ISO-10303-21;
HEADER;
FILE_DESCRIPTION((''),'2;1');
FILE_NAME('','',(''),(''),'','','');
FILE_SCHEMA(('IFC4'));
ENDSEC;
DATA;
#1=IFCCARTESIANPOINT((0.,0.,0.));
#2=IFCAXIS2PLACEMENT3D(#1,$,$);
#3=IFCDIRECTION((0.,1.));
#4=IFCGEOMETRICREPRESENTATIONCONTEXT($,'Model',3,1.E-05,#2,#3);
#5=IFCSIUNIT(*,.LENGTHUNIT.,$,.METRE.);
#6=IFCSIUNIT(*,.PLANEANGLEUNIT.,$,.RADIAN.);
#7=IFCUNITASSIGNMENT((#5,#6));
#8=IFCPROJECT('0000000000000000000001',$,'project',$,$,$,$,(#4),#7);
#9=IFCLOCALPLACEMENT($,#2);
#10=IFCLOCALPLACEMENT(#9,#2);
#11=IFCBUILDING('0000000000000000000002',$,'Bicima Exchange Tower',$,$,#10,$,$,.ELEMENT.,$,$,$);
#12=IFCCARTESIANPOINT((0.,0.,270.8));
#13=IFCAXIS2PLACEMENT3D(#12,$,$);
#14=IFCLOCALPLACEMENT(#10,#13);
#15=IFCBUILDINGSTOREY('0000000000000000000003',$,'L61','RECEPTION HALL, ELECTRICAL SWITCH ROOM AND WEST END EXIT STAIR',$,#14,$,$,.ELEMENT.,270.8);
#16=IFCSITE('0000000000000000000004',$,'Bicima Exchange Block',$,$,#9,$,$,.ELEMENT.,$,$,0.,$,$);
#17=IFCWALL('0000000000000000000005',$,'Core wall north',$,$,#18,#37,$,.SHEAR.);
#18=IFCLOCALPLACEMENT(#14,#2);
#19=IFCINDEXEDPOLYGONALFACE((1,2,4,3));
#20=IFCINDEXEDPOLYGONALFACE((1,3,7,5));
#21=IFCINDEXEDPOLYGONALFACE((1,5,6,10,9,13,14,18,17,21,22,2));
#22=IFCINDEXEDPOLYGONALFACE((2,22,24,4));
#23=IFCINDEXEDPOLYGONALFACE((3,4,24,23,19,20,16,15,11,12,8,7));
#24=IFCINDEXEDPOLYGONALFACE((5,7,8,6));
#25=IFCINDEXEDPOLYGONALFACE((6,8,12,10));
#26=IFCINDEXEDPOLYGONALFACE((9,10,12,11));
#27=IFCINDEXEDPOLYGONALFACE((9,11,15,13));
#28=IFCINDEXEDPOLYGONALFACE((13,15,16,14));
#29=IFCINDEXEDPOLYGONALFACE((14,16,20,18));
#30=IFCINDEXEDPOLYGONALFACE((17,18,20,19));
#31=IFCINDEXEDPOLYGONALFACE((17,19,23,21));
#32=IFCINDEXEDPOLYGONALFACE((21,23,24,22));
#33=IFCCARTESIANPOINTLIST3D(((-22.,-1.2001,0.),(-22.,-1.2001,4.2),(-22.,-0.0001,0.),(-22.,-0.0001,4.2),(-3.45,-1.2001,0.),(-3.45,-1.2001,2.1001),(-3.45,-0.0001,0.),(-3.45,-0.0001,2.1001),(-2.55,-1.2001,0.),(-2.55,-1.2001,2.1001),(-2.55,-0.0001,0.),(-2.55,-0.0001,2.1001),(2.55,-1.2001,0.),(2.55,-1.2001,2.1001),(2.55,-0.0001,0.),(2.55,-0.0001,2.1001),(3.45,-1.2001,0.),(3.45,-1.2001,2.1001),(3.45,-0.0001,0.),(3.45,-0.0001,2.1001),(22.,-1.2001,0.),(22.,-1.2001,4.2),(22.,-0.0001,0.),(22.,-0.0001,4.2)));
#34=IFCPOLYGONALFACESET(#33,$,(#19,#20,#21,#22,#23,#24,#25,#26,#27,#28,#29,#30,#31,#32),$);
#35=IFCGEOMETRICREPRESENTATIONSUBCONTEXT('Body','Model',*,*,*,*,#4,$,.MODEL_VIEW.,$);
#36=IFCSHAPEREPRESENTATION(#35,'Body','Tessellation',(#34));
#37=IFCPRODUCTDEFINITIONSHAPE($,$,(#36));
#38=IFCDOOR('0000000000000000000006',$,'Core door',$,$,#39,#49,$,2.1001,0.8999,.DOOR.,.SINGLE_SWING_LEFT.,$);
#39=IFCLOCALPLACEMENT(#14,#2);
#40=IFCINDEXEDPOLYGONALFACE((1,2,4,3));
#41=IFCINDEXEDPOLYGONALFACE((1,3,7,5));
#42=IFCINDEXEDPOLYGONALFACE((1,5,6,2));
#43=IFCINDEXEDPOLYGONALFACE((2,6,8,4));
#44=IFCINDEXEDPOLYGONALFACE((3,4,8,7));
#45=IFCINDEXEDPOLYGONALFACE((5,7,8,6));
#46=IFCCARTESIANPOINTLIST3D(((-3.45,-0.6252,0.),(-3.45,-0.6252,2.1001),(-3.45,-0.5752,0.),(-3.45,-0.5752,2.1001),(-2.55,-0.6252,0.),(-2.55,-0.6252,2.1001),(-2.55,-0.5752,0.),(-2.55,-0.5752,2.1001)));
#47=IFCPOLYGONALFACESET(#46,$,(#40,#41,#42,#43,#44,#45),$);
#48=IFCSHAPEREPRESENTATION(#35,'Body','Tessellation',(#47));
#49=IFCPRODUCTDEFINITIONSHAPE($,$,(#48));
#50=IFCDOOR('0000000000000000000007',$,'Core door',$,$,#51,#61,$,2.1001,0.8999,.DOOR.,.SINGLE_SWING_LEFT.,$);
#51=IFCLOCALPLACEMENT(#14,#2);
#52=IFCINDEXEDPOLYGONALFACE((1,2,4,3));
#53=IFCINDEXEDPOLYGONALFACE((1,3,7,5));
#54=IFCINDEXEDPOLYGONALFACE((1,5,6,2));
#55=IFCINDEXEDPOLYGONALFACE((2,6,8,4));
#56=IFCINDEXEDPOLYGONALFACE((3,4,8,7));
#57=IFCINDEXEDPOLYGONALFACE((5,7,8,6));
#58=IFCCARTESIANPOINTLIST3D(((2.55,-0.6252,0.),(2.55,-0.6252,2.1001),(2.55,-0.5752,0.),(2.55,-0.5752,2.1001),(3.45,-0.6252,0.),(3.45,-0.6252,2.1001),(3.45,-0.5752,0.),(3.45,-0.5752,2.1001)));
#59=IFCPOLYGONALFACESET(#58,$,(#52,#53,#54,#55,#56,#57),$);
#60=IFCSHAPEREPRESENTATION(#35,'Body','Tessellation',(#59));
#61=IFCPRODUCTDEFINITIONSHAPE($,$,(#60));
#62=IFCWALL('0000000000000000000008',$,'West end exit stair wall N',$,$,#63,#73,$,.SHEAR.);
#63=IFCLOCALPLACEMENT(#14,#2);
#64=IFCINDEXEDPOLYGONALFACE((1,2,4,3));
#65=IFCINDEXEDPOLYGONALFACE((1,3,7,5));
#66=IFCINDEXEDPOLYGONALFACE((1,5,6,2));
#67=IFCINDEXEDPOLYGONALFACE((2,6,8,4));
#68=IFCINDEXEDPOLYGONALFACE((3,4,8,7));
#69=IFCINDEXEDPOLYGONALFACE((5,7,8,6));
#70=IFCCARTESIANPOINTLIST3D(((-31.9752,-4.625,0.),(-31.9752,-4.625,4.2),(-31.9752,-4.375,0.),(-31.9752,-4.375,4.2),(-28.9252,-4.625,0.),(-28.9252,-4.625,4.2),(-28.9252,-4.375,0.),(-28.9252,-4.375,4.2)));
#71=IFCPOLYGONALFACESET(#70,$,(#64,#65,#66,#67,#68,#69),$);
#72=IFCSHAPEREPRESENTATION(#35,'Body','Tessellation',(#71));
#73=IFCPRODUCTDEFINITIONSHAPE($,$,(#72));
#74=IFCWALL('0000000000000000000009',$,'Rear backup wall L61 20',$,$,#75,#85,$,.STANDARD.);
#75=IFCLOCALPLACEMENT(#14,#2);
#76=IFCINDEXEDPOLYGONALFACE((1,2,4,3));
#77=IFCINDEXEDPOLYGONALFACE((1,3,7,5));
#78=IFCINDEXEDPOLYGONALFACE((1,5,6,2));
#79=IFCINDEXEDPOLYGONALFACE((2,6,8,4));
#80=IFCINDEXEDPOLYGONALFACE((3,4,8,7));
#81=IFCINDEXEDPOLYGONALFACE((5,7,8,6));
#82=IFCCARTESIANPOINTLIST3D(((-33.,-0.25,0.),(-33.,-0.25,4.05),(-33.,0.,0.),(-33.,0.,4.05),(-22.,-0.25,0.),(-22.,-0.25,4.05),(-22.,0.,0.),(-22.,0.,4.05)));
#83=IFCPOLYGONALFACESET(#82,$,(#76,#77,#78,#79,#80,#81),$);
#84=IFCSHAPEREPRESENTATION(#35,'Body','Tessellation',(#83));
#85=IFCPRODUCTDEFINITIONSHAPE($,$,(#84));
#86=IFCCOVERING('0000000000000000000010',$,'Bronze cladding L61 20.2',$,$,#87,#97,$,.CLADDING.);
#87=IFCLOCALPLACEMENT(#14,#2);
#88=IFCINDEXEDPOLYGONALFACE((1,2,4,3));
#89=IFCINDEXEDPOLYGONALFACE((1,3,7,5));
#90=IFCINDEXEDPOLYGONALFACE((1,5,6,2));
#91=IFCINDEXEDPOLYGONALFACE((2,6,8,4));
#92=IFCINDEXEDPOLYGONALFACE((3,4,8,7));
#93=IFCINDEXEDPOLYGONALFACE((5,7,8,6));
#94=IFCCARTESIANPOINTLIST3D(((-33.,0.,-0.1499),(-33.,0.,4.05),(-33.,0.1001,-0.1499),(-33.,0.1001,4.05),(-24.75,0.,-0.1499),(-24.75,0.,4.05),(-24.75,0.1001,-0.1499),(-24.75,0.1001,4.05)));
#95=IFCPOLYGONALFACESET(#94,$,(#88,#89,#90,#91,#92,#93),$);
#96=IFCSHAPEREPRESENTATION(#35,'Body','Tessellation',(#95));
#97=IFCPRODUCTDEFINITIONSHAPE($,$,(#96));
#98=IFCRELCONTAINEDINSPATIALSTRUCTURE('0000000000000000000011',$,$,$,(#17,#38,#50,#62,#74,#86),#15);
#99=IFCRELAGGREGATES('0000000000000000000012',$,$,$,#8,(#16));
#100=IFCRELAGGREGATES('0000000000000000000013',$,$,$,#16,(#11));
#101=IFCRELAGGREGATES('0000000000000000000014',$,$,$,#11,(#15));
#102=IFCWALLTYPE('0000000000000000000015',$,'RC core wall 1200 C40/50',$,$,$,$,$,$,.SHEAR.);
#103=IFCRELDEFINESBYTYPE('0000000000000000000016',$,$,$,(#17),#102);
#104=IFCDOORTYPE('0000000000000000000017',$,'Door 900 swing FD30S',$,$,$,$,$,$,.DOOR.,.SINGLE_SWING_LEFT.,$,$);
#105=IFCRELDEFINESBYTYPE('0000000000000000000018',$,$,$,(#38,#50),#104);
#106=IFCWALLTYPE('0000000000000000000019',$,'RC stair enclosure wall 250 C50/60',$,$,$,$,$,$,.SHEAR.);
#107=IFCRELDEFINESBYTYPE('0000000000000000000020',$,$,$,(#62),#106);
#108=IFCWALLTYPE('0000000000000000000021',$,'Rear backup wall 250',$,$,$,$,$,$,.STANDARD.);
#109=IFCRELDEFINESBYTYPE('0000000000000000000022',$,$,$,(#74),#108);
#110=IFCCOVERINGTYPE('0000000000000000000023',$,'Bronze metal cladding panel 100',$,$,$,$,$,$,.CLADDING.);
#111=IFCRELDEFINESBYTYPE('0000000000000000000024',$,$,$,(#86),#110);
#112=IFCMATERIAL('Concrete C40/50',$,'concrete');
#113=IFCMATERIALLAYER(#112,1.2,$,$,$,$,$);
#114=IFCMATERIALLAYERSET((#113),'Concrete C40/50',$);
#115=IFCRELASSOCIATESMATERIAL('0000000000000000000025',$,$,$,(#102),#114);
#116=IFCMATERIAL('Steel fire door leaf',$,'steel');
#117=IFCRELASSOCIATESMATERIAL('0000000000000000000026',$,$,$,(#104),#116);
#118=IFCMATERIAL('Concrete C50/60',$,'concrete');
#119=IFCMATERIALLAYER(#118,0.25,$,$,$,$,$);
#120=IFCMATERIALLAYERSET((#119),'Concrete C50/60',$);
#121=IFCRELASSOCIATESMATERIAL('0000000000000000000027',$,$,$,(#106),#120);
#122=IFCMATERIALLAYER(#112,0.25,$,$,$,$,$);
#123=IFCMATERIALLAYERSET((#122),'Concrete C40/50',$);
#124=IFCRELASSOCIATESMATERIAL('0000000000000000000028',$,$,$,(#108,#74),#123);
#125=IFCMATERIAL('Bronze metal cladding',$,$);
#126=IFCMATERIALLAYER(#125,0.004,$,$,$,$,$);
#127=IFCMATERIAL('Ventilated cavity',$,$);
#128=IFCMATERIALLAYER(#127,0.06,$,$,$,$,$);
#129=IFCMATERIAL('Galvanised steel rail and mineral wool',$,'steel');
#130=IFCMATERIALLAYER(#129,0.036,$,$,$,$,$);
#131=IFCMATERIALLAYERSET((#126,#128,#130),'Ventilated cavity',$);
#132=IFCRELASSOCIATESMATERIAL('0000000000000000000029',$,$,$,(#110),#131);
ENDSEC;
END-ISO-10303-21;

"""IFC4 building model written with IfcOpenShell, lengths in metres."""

from ifc_helpers import new_model, si_unit, direction, frame, frame_2d, origin, origin_2d, place, context, subcontext, project, spatial, rectangle, extrude, material, layer, layer_set, layer_usage, type_object, element, fill, save


model = new_model("IFC4")

# Units and contexts
model_context = context("Model", 3, precision=1e-05, world=origin(), true_north=direction((0.0, 1.0)))
body_context = subcontext(model_context, "Body", "Model", "MODEL_VIEW")
ifc_project = project(units=[si_unit("LENGTHUNIT", "METRE"), si_unit("PLANEANGLEUNIT", "RADIAN")], contexts=[model_context])

# Site, building, storey
site_placement = place(None, origin())
site = spatial("IfcSite", under=ifc_project, at=site_placement, Name="Bicima Exchange Block", CompositionType="ELEMENT", RefElevation=0.0)
building_placement = place(site_placement, origin())
building = spatial("IfcBuilding", under=site, at=building_placement, Name="Bicima Exchange Tower", CompositionType="ELEMENT")
storey_placement = place(building_placement, frame((0.0, 0.0, 270.8)))
storey = spatial("IfcBuildingStorey", under=building, at=storey_placement, Name="L61", Description="RECEPTION HALL, ELECTRICAL SWITCH ROOM AND WEST END EXIT STAIR", CompositionType="ELEMENT", Elevation=270.8)

# Wall, openings, doors
ifc_material_1 = material(Name="Concrete C40/50", Category="concrete")
ifc_layer_1 = layer(ifc_material_1, 1.2)
ifc_layer_set_1 = layer_set([ifc_layer_1], Name="Concrete C40/50")
wall_type_1 = type_object("IfcWallType", Name="RC core wall 1200 C40/50", PredefinedType="SHEAR", material=ifc_layer_set_1)
wall_1_placement = place(storey_placement, frame((-22.0, -0.6001, 0.0), z_axis=(0.0, 0.0, 1.0), x_axis=(1.0, 0.0, 0.0)))
wall_1 = element("IfcWall", 1, at=wall_1_placement, inside=storey, type_object=wall_type_1, Name="Core wall north", PredefinedType="SHEAR", context=body_context, shape_type="SweptSolid", body=[
    extrude(rectangle(XDim=44.0, YDim=1.2, at=frame_2d((22.0, 0.0))), origin(), (0.0, 0.0, 1.0), 4.2),
])
opening_1_placement = place(wall_1_placement, frame((18.55, 0.0, 0.0)))
opening_1 = element("IfcOpeningElement", 2, at=opening_1_placement, cuts=wall_1, PredefinedType="OPENING", context=body_context, shape_type="SweptSolid", body=[
    extrude(rectangle(XDim=0.8999, YDim=2.1001, at=frame_2d((0.45, 1.05))), frame((0.0, 0.6118, 0.0), z_axis=(0.0, -1.0, 0.0), x_axis=(1.0, 0.0, 0.0)), (0.0, 0.0, 1.0), 1.2239),
])
opening_2_placement = place(wall_1_placement, frame((24.55, 0.0, 0.0)))
opening_2 = element("IfcOpeningElement", 3, at=opening_2_placement, cuts=wall_1, PredefinedType="OPENING", context=body_context, shape_type="SweptSolid", body=[
    extrude(rectangle(XDim=0.8999, YDim=2.1001, at=frame_2d((0.45, 1.05))), frame((0.0, 0.6118, 0.0), z_axis=(0.0, -1.0, 0.0), x_axis=(1.0, 0.0, 0.0)), (0.0, 0.0, 1.0), 1.2239),
])
ifc_material_2 = material(Name="Steel fire door leaf", Category="steel")
door_type = type_object("IfcDoorType", Name="Door 900 swing FD30S", OperationType="SINGLE_SWING_LEFT", PredefinedType="DOOR", material=ifc_material_2)
door_1_placement = place(opening_1_placement, origin())
door_1 = element("IfcDoor", 4, at=door_1_placement, inside=storey, type_object=door_type, Name="Core door", OperationType="SINGLE_SWING_LEFT", OverallHeight=2.1001, OverallWidth=0.8999, PredefinedType="DOOR", context=body_context, shape_type="SweptSolid", body=[
    extrude(rectangle(XDim=0.8999, YDim=2.1001, at=frame_2d((0.45, 1.05))), frame((0.0, 0.0249, 0.0), z_axis=(0.0, -1.0, 0.0), x_axis=(1.0, 0.0, 0.0)), (0.0, 0.0, 1.0), 0.05),
])
fill(opening_1, door_1)
door_2_placement = place(opening_2_placement, origin())
door_2 = element("IfcDoor", 5, at=door_2_placement, inside=storey, type_object=door_type, Name="Core door", OperationType="SINGLE_SWING_LEFT", OverallHeight=2.1001, OverallWidth=0.8999, PredefinedType="DOOR", context=body_context, shape_type="SweptSolid", body=[
    extrude(rectangle(XDim=0.8999, YDim=2.1001, at=frame_2d((0.45, 1.05))), frame((0.0, 0.0249, 0.0), z_axis=(0.0, -1.0, 0.0), x_axis=(1.0, 0.0, 0.0)), (0.0, 0.0, 1.0), 0.05),
])
fill(opening_2, door_2)

# Walls
ifc_material_3 = material(Name="Concrete C50/60", Category="concrete")
ifc_layer_2 = layer(ifc_material_3, 0.25)
ifc_layer_set_2 = layer_set([ifc_layer_2], Name="Concrete C50/60")
wall_type_2 = type_object("IfcWallType", Name="RC stair enclosure wall 250 C50/60", PredefinedType="SHEAR", material=ifc_layer_set_2)
wall_2_placement = place(storey_placement, frame((-31.9751, -4.5, 0.0), z_axis=(0.0, 0.0, 1.0), x_axis=(1.0, 0.0, 0.0)))
element("IfcWall", 6, at=wall_2_placement, inside=storey, type_object=wall_type_2, Name="West end exit stair wall N", PredefinedType="SHEAR", context=body_context, shape_type="SweptSolid", body=[
    extrude(rectangle(XDim=3.05, YDim=0.25, at=frame_2d((1.5249, 0.0))), origin(), (0.0, 0.0, 1.0), 4.2),
])
ifc_layer_3 = layer(ifc_material_1, 0.25)
ifc_layer_set_3 = layer_set([ifc_layer_3], Name="Concrete C40/50")
ifc_layer_usage = layer_usage(ifc_layer_set_3, "AXIS2", "POSITIVE", -0.125)
wall_type_3 = type_object("IfcWallType", Name="Rear backup wall 250", PredefinedType="STANDARD", material=ifc_layer_set_3)
wall_3_placement = place(storey_placement, frame((-22.0, -0.125, 0.0), z_axis=(0.0, 0.0, 1.0), x_axis=(-1.0, 0.0, 0.0)))
element("IfcWall", 7, at=wall_3_placement, inside=storey, type_object=wall_type_3, material=ifc_layer_usage, Name="Rear backup wall L61 20", PredefinedType="STANDARD", context=body_context, shape_type="SweptSolid", body=[
    extrude(rectangle(XDim=11.0, YDim=0.25, at=frame_2d((5.5, 0.0))), origin(), (0.0, 0.0, 1.0), 4.05),
])

# Covering
ifc_material_4 = material(Name="Bronze metal cladding")
ifc_layer_4 = layer(ifc_material_4, 0.004)
ifc_material_5 = material(Name="Ventilated cavity")
ifc_layer_5 = layer(ifc_material_5, 0.06)
ifc_material_6 = material(Name="Galvanised steel rail and mineral wool", Category="steel")
ifc_layer_6 = layer(ifc_material_6, 0.036)
ifc_layer_set_4 = layer_set([ifc_layer_4, ifc_layer_5, ifc_layer_6], Name="Ventilated cavity")
covering_type = type_object("IfcCoveringType", Name="Bronze metal cladding panel 100", PredefinedType="CLADDING", material=ifc_layer_set_4)
covering_placement = place(storey_placement, frame((-28.875, 0.05, -0.1499), z_axis=(0.0, 0.0, 1.0), x_axis=(-1.0, 0.0, 0.0)))
element("IfcCovering", 8, at=covering_placement, inside=storey, type_object=covering_type, Name="Bronze cladding L61 20.2", PredefinedType="CLADDING", context=body_context, shape_type="SweptSolid", body=[
    extrude(rectangle(XDim=8.25, YDim=0.1001, at=origin_2d()), origin(), (0.0, 0.0, 1.0), 4.2),
])

save(model, "model.ifc")
